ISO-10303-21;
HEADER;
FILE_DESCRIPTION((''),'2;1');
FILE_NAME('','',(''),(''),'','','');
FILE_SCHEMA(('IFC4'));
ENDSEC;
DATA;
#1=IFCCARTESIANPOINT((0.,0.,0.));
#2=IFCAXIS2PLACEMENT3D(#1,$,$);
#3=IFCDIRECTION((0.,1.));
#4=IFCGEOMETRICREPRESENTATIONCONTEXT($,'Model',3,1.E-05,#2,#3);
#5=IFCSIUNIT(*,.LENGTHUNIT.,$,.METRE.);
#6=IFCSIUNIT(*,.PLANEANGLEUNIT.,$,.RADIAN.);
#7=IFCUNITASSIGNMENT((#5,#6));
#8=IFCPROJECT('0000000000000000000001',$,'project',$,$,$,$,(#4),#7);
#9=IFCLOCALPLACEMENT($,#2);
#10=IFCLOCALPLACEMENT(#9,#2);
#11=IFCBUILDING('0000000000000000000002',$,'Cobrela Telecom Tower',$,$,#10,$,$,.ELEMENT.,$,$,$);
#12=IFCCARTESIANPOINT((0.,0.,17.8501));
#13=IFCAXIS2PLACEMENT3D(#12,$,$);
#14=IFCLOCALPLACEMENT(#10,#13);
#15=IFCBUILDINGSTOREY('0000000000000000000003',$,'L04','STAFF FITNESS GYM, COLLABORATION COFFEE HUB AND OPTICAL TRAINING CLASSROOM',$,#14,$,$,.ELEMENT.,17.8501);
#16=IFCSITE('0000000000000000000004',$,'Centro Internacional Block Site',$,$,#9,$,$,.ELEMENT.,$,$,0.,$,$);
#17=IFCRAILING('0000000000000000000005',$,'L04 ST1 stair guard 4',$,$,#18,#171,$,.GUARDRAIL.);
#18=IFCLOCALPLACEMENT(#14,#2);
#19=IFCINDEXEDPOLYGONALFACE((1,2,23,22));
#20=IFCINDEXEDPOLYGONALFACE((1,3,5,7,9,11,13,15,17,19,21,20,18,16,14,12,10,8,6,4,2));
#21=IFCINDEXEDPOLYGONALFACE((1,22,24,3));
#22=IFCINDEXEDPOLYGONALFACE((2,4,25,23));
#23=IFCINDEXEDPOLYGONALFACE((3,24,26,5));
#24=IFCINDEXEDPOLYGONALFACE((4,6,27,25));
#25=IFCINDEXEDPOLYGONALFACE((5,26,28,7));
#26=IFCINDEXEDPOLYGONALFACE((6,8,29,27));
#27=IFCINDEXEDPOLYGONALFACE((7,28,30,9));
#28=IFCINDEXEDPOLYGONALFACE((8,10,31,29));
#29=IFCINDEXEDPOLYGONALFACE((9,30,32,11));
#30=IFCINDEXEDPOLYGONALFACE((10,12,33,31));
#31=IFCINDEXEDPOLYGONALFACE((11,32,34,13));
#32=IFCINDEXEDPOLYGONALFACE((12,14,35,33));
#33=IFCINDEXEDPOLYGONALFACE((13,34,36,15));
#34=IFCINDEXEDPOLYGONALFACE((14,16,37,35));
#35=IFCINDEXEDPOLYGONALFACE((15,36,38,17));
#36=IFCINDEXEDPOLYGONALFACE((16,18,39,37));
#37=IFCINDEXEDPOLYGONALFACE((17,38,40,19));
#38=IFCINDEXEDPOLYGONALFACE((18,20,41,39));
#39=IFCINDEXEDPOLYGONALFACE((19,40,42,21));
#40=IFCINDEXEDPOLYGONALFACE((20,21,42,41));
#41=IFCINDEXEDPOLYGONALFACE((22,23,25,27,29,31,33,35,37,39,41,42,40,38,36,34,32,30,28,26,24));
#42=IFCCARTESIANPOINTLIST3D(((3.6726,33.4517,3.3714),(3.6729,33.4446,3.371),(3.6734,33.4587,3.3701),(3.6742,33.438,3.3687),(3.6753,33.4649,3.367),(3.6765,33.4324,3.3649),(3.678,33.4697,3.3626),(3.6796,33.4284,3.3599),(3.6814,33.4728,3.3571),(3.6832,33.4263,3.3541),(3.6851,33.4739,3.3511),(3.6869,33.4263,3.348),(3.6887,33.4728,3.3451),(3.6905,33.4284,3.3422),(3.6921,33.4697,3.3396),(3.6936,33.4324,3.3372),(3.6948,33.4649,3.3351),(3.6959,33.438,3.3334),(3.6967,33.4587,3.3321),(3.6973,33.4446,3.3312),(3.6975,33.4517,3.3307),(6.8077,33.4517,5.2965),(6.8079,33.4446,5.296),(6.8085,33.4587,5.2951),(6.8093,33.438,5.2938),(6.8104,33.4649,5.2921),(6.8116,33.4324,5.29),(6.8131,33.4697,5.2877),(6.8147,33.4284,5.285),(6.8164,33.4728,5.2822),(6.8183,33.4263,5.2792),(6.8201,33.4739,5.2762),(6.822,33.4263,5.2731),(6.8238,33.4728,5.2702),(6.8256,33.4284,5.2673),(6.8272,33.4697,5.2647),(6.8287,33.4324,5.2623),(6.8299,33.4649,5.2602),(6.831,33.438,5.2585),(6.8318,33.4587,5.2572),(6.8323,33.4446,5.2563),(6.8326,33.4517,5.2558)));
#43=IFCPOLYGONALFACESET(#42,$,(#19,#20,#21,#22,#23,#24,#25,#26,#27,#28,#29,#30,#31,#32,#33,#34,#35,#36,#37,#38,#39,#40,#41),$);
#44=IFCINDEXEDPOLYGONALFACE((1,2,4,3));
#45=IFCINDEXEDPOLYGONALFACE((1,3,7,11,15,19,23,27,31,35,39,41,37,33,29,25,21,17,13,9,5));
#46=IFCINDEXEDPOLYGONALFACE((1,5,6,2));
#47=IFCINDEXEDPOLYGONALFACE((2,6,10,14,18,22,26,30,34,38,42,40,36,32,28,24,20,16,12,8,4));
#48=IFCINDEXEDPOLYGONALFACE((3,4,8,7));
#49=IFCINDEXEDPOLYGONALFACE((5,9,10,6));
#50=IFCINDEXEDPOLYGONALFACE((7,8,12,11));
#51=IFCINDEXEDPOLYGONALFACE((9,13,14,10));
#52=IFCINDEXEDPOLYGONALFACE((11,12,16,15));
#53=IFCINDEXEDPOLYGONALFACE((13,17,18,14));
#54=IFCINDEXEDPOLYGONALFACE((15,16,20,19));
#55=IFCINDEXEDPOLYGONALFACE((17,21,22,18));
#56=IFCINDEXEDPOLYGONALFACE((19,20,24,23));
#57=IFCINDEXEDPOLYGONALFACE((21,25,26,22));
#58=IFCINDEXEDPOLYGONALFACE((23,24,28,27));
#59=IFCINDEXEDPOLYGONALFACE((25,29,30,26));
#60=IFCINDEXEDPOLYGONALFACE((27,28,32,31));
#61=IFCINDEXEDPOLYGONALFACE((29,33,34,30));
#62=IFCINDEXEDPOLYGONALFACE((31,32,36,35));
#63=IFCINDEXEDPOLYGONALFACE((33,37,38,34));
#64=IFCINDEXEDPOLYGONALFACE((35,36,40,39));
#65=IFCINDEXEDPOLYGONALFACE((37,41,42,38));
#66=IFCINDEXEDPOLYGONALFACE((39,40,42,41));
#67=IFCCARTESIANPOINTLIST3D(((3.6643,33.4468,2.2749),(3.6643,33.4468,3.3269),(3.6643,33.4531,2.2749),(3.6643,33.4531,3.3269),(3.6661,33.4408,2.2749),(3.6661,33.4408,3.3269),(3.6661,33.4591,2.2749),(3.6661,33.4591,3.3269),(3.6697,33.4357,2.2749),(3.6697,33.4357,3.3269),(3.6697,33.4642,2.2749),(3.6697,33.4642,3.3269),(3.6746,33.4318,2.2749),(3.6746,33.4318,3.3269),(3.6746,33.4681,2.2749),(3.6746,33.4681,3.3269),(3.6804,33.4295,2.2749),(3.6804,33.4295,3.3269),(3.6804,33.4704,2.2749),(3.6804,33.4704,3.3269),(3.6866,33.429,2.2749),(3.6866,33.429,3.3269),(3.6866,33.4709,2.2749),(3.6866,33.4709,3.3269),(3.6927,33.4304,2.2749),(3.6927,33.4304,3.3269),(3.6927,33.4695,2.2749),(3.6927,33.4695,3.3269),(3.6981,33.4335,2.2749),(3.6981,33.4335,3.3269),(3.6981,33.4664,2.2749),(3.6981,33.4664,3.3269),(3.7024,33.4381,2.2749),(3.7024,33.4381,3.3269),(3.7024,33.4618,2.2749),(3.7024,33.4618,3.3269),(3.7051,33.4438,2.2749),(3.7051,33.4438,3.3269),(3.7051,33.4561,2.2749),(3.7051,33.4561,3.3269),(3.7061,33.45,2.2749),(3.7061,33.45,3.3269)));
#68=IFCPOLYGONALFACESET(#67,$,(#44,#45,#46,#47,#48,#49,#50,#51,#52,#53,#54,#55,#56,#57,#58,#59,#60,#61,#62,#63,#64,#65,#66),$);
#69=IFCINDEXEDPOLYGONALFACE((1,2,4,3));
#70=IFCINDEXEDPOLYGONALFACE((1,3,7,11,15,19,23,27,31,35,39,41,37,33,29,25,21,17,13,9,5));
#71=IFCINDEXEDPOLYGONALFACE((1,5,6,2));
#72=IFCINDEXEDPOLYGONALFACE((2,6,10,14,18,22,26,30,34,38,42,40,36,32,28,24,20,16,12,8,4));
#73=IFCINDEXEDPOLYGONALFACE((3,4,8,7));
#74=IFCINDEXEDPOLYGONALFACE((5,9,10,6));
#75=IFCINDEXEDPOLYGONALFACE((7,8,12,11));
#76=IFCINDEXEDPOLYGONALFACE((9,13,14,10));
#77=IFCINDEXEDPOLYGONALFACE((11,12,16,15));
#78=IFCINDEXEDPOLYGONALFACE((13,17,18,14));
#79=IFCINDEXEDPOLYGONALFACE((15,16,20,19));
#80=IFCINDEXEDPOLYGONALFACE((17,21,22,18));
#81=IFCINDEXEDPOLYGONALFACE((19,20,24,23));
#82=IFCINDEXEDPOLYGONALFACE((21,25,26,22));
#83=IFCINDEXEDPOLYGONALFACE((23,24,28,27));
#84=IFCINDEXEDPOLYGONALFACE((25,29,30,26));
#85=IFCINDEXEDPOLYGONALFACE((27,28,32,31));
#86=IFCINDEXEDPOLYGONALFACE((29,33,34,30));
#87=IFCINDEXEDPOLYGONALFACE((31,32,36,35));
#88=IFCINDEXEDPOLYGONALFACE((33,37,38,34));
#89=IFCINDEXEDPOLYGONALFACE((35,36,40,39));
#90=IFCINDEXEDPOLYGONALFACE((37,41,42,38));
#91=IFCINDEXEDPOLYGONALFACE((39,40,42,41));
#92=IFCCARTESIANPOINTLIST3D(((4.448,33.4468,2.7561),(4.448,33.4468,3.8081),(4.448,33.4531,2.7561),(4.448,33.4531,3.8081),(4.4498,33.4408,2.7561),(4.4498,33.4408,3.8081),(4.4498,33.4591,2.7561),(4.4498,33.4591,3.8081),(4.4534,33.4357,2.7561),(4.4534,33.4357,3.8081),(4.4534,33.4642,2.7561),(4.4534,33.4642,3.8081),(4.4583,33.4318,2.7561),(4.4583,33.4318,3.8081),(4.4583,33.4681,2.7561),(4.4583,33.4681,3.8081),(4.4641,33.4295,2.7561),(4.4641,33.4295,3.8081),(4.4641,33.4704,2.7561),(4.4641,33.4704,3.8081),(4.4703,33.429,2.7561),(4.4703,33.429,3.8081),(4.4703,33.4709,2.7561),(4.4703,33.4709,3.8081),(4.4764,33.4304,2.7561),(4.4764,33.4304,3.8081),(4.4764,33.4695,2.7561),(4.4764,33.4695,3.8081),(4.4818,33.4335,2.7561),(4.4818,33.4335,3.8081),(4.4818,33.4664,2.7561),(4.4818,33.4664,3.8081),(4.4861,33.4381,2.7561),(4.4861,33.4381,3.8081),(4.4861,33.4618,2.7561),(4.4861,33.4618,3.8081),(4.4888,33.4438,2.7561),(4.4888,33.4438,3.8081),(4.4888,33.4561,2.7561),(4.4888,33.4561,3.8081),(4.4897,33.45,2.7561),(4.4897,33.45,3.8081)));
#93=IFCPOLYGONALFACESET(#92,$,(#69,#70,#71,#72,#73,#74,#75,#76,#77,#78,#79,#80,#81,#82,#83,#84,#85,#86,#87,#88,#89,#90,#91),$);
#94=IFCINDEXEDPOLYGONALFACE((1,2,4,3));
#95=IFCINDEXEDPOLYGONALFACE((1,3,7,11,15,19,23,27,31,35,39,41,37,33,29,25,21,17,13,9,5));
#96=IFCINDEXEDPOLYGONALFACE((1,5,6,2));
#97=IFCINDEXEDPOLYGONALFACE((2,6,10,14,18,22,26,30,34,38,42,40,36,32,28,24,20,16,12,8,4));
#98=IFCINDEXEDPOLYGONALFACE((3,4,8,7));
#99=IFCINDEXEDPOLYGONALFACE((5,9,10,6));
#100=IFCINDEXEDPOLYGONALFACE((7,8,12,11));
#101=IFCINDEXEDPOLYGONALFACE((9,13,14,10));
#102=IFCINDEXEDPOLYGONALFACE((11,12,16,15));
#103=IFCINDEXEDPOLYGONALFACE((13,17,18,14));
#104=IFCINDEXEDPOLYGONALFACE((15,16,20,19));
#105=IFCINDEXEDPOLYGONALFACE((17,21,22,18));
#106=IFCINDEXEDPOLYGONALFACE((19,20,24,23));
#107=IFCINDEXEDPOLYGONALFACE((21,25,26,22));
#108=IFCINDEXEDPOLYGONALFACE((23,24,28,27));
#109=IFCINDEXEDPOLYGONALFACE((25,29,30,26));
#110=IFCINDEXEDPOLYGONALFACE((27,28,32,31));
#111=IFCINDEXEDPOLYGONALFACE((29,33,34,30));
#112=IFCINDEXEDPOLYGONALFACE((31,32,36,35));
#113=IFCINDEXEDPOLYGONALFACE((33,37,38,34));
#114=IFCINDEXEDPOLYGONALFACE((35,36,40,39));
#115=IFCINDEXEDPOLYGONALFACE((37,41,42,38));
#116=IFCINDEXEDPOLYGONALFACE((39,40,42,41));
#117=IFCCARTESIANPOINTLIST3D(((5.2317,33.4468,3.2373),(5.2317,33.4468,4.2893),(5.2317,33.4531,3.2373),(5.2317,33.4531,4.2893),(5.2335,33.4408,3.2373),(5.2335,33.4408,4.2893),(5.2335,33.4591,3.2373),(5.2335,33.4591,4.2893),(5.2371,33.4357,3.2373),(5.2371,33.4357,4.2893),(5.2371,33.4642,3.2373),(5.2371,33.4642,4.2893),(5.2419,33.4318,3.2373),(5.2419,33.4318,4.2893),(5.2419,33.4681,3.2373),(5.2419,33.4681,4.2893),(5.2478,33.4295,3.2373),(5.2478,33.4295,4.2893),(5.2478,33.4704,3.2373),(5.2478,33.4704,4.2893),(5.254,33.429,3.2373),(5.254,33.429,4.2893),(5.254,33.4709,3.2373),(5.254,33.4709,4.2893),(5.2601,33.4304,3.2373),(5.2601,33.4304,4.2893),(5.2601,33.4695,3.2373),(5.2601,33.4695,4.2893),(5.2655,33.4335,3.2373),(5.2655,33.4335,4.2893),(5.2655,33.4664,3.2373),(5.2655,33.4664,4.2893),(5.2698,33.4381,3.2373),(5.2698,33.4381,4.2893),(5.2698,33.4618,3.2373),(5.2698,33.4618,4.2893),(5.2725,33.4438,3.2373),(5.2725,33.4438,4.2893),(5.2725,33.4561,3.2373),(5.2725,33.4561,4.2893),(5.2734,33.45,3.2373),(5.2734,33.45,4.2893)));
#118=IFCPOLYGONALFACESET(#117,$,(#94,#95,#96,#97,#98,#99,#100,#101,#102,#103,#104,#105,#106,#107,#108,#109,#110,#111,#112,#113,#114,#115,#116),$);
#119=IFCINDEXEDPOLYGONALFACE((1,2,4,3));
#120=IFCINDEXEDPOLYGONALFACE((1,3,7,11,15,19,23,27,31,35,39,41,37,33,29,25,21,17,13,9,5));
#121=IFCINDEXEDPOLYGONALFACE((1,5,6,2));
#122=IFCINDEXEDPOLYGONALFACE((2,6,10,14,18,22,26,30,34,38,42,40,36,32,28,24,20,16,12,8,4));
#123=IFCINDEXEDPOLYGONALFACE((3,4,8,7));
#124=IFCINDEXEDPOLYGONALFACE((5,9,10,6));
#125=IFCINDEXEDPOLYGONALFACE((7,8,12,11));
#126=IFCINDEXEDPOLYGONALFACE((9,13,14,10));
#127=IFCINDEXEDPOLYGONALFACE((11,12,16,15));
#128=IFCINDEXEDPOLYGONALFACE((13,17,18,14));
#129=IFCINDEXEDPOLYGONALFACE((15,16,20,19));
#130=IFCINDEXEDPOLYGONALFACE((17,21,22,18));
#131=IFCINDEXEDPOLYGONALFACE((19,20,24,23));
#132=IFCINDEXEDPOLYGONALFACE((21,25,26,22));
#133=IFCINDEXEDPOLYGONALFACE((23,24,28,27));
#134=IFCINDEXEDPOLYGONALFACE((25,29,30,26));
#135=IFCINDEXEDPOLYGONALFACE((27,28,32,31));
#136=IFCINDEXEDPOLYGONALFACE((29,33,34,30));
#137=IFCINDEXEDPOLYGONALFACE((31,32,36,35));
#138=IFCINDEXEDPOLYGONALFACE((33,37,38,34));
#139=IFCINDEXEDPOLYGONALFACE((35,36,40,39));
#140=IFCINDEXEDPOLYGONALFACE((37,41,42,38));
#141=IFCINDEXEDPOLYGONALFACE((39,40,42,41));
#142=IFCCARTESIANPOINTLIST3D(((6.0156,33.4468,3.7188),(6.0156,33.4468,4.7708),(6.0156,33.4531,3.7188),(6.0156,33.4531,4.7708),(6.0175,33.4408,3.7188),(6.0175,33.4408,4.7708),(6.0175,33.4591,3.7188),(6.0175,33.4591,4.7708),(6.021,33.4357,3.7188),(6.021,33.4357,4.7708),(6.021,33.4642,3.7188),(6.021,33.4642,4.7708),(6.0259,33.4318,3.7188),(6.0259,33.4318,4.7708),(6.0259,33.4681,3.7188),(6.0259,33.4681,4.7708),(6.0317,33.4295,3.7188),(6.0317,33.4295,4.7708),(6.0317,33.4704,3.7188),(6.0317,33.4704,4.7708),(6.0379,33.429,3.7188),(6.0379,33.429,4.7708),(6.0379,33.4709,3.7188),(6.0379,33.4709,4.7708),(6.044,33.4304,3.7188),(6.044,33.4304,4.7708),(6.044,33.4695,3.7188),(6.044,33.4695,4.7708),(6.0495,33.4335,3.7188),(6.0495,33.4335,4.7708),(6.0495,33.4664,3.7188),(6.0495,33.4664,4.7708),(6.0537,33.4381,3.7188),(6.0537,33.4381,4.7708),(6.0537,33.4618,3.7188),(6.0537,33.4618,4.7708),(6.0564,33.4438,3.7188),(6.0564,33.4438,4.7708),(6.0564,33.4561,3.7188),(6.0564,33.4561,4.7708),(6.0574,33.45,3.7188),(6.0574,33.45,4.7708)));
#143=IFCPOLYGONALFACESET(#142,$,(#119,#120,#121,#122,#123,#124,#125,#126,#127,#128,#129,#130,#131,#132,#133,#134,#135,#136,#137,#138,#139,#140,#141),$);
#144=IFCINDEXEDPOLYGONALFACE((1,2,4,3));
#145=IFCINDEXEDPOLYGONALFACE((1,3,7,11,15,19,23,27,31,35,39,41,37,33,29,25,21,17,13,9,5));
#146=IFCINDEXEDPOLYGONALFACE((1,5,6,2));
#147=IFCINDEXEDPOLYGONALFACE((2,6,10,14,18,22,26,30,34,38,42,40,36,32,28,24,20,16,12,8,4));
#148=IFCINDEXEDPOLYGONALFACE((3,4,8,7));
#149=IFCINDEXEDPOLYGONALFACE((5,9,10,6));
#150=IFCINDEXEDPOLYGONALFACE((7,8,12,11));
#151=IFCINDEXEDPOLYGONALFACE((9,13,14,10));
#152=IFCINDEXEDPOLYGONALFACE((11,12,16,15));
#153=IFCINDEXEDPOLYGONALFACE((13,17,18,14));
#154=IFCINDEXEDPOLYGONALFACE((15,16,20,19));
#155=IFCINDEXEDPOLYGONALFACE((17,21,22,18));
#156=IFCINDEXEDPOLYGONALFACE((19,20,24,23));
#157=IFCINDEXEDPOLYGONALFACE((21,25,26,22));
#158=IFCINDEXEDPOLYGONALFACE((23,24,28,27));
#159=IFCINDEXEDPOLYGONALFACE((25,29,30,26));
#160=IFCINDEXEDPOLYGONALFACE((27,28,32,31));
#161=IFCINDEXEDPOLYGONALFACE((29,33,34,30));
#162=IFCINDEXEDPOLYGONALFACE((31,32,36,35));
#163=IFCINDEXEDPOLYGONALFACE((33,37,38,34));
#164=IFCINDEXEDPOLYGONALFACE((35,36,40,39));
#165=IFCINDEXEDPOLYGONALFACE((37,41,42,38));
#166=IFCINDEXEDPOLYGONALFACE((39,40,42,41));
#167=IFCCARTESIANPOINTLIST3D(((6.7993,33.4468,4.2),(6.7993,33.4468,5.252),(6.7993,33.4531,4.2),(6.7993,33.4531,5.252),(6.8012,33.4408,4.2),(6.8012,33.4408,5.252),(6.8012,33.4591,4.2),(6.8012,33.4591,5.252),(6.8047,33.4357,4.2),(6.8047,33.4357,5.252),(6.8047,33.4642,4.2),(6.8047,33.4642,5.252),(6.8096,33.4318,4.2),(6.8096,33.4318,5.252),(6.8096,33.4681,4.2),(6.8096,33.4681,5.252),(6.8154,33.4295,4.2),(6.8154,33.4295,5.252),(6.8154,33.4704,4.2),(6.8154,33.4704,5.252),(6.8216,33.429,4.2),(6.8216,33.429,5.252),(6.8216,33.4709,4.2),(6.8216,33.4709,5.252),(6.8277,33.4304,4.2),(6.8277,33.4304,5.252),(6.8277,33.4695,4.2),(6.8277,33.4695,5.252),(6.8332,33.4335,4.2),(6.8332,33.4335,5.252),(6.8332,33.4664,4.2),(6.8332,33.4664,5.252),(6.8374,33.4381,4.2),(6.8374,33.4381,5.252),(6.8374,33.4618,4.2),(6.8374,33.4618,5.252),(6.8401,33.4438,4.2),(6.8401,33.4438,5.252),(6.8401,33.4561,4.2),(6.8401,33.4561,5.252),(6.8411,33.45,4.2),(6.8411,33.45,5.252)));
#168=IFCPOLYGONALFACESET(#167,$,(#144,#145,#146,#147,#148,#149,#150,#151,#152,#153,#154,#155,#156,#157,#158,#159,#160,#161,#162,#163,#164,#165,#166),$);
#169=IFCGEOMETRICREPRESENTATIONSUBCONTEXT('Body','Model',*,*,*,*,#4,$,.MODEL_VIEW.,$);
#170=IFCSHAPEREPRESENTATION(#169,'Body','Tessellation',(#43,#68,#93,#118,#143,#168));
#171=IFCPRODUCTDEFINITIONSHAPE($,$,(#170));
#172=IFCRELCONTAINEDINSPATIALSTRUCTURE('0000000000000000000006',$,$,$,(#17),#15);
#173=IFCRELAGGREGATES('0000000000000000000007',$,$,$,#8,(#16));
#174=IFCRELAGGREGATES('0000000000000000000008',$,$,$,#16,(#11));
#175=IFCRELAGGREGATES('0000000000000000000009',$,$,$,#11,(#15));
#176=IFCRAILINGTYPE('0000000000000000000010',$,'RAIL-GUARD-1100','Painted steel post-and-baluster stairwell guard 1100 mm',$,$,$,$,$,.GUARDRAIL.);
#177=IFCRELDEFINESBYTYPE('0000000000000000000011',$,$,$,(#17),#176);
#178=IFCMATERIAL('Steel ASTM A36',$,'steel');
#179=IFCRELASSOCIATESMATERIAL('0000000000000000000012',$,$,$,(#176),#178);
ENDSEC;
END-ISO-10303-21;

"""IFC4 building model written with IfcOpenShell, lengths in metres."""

from ifc_helpers import new_model, si_unit, direction, frame, origin, origin_2d, place, context, subcontext, project, spatial, circle, extrude, material, type_object, element, save


model = new_model("IFC4")

# Units and contexts
model_context = context("Model", 3, precision=1e-05, world=origin(), true_north=direction((0.0, 1.0)))
body_context = subcontext(model_context, "Body", "Model", "MODEL_VIEW")
ifc_project = project(units=[si_unit("LENGTHUNIT", "METRE"), si_unit("PLANEANGLEUNIT", "RADIAN")], contexts=[model_context])

# Site, building, storey
site_placement = place(None, origin())
site = spatial("IfcSite", under=ifc_project, at=site_placement, Name="Centro Internacional Block Site", CompositionType="ELEMENT", RefElevation=0.0)
building_placement = place(site_placement, origin())
building = spatial("IfcBuilding", under=site, at=building_placement, Name="Cobrela Telecom Tower", CompositionType="ELEMENT")
storey_placement = place(building_placement, frame((0.0, 0.0, 17.8501)))
storey = spatial("IfcBuildingStorey", under=building, at=storey_placement, Name="L04", Description="STAFF FITNESS GYM, COLLABORATION COFFEE HUB AND OPTICAL TRAINING CLASSROOM", CompositionType="ELEMENT", Elevation=17.8501)

# Shared definitions
ifc_material_1 = material(Name="Steel ASTM A36", Category="steel")

# Railing
railing_type_1 = type_object("IfcRailingType", Name="RAIL-GUARD-1100", Description="Painted steel post-and-baluster stairwell guard 1100 mm", PredefinedType="GUARDRAIL", material=ifc_material_1)
railing_1_placement = place(storey_placement, frame((3.6851, 33.45, 2.2749)))
element("IfcRailing", 1, at=railing_1_placement, inside=storey, type_object=railing_type_1, Name="L04 ST1 stair guard 4", PredefinedType="GUARDRAIL", context=body_context, shape_type="SweptSolid", body=[
    extrude(circle(Radius=0.0239, at=origin_2d()), frame((0.0, 0.0, 1.0762), z_axis=(0.852166, 0.0, 0.523271), x_axis=(0.0, 1.0, 0.0)), (0.0, 0.0, 1.0), 3.679),
    extrude(circle(Radius=0.021, at=origin_2d()), origin(), (0.0, 0.0, 1.0), 1.052),
    extrude(circle(Radius=0.021, at=origin_2d()), frame((0.7837, 0.0, 0.4812)), (0.0, 0.0, 1.0), 1.052),
    extrude(circle(Radius=0.021, at=origin_2d()), frame((1.5674, 0.0, 0.9624)), (0.0, 0.0, 1.0), 1.052),
    extrude(circle(Radius=0.021, at=origin_2d()), frame((2.3513, 0.0, 1.4438)), (0.0, 0.0, 1.0), 1.052),
    extrude(circle(Radius=0.021, at=origin_2d()), frame((3.135, 0.0, 1.925)), (0.0, 0.0, 1.0), 1.052),
])

save(model, "model.ifc")
